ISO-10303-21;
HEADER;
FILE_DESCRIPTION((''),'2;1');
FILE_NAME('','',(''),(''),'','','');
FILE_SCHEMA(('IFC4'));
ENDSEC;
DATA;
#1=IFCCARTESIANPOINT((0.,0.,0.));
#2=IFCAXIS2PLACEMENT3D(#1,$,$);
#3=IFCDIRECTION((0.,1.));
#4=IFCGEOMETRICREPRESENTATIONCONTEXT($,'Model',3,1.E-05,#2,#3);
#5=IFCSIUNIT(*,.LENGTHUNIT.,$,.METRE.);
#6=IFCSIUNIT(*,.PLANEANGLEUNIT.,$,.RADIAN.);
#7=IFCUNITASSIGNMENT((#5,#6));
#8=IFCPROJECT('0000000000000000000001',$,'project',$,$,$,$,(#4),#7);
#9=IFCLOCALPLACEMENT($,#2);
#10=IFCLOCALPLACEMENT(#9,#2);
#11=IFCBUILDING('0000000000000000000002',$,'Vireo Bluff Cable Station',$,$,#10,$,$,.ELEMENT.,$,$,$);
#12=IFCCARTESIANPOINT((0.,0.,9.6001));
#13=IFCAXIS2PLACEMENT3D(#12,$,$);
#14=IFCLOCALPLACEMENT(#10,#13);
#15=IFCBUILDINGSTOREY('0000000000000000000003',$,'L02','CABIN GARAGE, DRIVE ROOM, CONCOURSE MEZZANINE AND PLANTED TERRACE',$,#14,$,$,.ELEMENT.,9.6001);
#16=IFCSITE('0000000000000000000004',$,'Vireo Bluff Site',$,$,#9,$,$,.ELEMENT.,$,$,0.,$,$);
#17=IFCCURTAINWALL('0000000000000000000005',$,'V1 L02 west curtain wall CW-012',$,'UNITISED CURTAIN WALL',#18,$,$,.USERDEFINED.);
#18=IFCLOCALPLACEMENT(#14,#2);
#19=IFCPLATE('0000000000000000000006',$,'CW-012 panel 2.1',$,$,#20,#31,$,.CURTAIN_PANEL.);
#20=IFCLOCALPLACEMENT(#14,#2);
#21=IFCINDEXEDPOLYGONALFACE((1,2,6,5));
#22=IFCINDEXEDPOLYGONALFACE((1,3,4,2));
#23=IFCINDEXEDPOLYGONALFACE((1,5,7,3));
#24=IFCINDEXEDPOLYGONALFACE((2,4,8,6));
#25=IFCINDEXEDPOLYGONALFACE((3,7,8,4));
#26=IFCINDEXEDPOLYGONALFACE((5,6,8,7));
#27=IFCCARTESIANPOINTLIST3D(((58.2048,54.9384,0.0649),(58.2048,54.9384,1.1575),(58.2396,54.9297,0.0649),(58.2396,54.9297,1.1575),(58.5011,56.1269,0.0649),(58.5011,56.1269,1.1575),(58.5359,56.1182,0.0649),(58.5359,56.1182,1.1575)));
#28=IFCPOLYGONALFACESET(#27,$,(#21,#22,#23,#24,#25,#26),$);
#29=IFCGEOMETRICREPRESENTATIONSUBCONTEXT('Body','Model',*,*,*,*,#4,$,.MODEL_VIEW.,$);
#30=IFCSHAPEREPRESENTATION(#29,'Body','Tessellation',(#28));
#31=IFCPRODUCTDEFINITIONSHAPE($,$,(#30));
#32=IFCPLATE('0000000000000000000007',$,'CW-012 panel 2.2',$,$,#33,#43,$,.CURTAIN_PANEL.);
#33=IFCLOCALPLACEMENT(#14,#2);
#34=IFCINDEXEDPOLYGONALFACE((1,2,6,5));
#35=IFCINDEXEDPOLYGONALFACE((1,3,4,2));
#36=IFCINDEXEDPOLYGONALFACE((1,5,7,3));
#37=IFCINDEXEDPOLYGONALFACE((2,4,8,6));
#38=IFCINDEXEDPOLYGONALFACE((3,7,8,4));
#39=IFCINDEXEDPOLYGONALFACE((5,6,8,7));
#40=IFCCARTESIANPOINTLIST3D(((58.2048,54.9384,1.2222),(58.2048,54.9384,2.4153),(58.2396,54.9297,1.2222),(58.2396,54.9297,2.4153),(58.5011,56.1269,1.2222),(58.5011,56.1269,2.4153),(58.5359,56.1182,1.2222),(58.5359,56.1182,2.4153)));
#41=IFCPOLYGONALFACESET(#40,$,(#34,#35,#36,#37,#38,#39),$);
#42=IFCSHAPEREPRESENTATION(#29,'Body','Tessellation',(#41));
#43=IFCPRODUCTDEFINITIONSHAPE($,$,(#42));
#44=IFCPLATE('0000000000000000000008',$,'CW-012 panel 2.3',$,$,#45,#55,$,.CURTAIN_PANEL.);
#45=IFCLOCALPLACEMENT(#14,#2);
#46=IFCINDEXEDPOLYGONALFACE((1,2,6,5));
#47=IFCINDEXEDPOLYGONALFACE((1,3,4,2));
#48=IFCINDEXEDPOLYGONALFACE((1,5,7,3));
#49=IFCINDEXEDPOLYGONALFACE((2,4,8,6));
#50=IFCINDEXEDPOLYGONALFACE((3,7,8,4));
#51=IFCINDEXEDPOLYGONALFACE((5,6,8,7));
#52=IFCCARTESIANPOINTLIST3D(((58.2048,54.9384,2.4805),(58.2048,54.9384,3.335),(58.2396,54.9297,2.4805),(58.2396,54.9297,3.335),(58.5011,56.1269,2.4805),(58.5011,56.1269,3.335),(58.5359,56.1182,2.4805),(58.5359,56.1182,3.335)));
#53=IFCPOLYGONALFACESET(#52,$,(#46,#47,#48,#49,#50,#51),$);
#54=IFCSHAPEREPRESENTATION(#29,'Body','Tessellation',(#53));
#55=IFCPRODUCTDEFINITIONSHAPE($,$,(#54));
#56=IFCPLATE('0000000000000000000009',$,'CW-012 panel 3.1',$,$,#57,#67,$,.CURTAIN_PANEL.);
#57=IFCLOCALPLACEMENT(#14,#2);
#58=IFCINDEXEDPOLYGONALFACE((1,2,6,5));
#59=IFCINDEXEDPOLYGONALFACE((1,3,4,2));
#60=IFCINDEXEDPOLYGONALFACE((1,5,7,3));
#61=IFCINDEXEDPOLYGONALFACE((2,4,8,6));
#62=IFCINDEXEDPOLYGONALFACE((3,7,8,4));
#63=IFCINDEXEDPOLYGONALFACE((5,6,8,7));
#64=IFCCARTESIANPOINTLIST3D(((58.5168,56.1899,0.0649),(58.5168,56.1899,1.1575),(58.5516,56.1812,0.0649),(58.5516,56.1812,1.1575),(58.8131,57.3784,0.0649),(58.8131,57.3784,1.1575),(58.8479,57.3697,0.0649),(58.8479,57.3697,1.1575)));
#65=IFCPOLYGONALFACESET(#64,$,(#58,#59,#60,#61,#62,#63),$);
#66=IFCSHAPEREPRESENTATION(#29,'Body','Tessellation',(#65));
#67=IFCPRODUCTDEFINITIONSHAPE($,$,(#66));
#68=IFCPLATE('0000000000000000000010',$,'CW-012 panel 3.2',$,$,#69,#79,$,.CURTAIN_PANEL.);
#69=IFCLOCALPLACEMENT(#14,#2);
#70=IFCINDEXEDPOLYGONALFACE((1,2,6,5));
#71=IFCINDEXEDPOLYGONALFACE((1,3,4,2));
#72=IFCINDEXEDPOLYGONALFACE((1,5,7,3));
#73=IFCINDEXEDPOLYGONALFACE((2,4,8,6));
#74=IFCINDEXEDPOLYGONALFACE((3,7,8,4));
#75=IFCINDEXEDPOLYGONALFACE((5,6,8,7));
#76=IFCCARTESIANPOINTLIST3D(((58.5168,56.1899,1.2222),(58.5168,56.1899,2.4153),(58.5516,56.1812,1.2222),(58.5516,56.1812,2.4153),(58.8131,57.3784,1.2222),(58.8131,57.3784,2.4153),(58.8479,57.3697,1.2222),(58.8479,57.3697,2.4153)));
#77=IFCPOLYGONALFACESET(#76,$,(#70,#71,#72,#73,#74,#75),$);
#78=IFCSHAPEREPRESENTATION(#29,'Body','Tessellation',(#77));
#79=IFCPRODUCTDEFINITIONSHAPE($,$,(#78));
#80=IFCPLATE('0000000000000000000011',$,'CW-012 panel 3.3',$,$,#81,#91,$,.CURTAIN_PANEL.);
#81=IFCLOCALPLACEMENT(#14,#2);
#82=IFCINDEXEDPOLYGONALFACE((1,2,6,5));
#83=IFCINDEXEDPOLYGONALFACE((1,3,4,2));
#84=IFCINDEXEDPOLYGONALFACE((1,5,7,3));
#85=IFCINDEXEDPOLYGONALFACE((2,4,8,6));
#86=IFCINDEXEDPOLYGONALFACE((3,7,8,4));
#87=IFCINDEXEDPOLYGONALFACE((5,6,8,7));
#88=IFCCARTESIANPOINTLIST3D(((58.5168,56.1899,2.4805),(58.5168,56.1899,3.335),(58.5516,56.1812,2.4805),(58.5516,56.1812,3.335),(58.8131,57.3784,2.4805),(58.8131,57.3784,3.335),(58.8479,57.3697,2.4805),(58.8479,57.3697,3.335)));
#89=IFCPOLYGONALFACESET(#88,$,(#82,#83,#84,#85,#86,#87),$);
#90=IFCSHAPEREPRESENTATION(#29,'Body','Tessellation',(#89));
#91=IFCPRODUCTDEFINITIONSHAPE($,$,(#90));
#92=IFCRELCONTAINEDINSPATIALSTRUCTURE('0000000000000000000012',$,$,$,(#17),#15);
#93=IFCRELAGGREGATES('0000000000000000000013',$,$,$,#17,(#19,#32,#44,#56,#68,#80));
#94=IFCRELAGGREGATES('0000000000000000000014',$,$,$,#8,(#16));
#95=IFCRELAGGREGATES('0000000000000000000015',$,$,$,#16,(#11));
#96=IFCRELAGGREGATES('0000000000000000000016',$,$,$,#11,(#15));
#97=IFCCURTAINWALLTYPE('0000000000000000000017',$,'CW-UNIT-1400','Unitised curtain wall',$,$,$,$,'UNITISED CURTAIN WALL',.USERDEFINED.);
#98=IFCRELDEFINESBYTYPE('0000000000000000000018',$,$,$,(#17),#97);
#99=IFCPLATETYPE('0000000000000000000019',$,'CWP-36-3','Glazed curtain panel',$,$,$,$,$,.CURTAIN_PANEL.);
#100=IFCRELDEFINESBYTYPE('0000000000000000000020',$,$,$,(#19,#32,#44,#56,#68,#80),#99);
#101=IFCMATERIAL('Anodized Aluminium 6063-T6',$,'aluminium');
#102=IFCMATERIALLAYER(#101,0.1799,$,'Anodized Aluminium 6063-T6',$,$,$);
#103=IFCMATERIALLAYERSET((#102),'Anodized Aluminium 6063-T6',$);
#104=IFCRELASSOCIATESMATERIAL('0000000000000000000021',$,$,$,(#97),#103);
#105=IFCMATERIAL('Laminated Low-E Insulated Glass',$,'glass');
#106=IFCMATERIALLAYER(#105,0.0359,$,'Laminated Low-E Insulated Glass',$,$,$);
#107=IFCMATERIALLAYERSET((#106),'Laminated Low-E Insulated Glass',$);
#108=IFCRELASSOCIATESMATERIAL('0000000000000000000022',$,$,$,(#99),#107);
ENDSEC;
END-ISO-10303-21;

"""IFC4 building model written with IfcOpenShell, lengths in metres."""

from ifc_helpers import new_model, si_unit, direction, frame, origin, origin_2d, place, context, subcontext, project, spatial, rectangle, extrude, material, layer, layer_set, type_object, element, aggregate, save


model = new_model("IFC4")

# Units and contexts
model_context = context("Model", 3, precision=1e-05, world=origin(), true_north=direction((0.0, 1.0)))
body_context = subcontext(model_context, "Body", "Model", "MODEL_VIEW")
ifc_project = project(units=[si_unit("LENGTHUNIT", "METRE"), si_unit("PLANEANGLEUNIT", "RADIAN")], contexts=[model_context])

# Site, building, storey
site_placement = place(None, origin())
site = spatial("IfcSite", under=ifc_project, at=site_placement, Name="Vireo Bluff Site", CompositionType="ELEMENT", RefElevation=0.0)
building_placement = place(site_placement, origin())
building = spatial("IfcBuilding", under=site, at=building_placement, Name="Vireo Bluff Cable Station", CompositionType="ELEMENT")
storey_placement = place(building_placement, frame((0.0, 0.0, 9.6001)))
storey = spatial("IfcBuildingStorey", under=building, at=storey_placement, Name="L02", Description="CABIN GARAGE, DRIVE ROOM, CONCOURSE MEZZANINE AND PLANTED TERRACE", CompositionType="ELEMENT", Elevation=9.6001)

# Curtain wall
ifc_material_1 = material(Name="Anodized Aluminium 6063-T6", Category="aluminium")
ifc_layer_1 = layer(ifc_material_1, 0.1799, Name="Anodized Aluminium 6063-T6")
ifc_layer_set_1 = layer_set([ifc_layer_1], Name="Anodized Aluminium 6063-T6")
curtain_wall_type = type_object("IfcCurtainWallType", Name="CW-UNIT-1400", Description="Unitised curtain wall", ElementType="UNITISED CURTAIN WALL", PredefinedType="USERDEFINED", material=ifc_layer_set_1)
curtain_wall_placement = place(storey_placement, origin())
curtain_wall = element("IfcCurtainWall", 1, at=curtain_wall_placement, inside=storey, type_object=curtain_wall_type, Name="V1 L02 west curtain wall CW-012", ObjectType="UNITISED CURTAIN WALL", PredefinedType="USERDEFINED")

# Plates
ifc_material_2 = material(Name="Laminated Low-E Insulated Glass", Category="glass")
ifc_layer_2 = layer(ifc_material_2, 0.0359, Name="Laminated Low-E Insulated Glass")
ifc_layer_set_2 = layer_set([ifc_layer_2], Name="Laminated Low-E Insulated Glass")
plate_type = type_object("IfcPlateType", Name="CWP-36-3", Description="Glazed curtain panel", PredefinedType="CURTAIN_PANEL", material=ifc_layer_set_2)
plate_1_placement = place(storey_placement, frame((58.3704, 55.5283, 0.0649), z_axis=(0.0, 0.0, 1.0), x_axis=(0.241922, 0.970296, 0.0)))
plate_1 = element("IfcPlate", 2, at=plate_1_placement, type_object=plate_type, Name="CW-012 panel 2.1", PredefinedType="CURTAIN_PANEL", context=body_context, shape_type="SweptSolid", body=[
    extrude(rectangle(XDim=1.2249, YDim=0.0359, at=origin_2d()), origin(), (0.0, 0.0, 1.0), 1.0925),
])
plate_2_placement = place(storey_placement, frame((58.3704, 55.5283, 1.2222), z_axis=(0.0, 0.0, 1.0), x_axis=(0.241922, 0.970296, 0.0)))
plate_2 = element("IfcPlate", 3, at=plate_2_placement, type_object=plate_type, Name="CW-012 panel 2.2", PredefinedType="CURTAIN_PANEL", context=body_context, shape_type="SweptSolid", body=[
    extrude(rectangle(XDim=1.2249, YDim=0.0359, at=origin_2d()), origin(), (0.0, 0.0, 1.0), 1.1931),
])
plate_3_placement = place(storey_placement, frame((58.3704, 55.5283, 2.4805), z_axis=(0.0, 0.0, 1.0), x_axis=(0.241922, 0.970296, 0.0)))
plate_3 = element("IfcPlate", 4, at=plate_3_placement, type_object=plate_type, Name="CW-012 panel 2.3", PredefinedType="CURTAIN_PANEL", context=body_context, shape_type="SweptSolid", body=[
    extrude(rectangle(XDim=1.2249, YDim=0.0359, at=origin_2d()), origin(), (0.0, 0.0, 1.0), 0.8545),
])
plate_4_placement = place(storey_placement, frame((58.6824, 56.7798, 0.0649), z_axis=(0.0, 0.0, 1.0), x_axis=(0.241922, 0.970296, 0.0)))
plate_4 = element("IfcPlate", 5, at=plate_4_placement, type_object=plate_type, Name="CW-012 panel 3.1", PredefinedType="CURTAIN_PANEL", context=body_context, shape_type="SweptSolid", body=[
    extrude(rectangle(XDim=1.2249, YDim=0.0359, at=origin_2d()), origin(), (0.0, 0.0, 1.0), 1.0925),
])
plate_5_placement = place(storey_placement, frame((58.6824, 56.7798, 1.2222), z_axis=(0.0, 0.0, 1.0), x_axis=(0.241922, 0.970296, 0.0)))
plate_5 = element("IfcPlate", 6, at=plate_5_placement, type_object=plate_type, Name="CW-012 panel 3.2", PredefinedType="CURTAIN_PANEL", context=body_context, shape_type="SweptSolid", body=[
    extrude(rectangle(XDim=1.2249, YDim=0.0359, at=origin_2d()), origin(), (0.0, 0.0, 1.0), 1.1931),
])
plate_6_placement = place(storey_placement, frame((58.6824, 56.7798, 2.4805), z_axis=(0.0, 0.0, 1.0), x_axis=(0.241922, 0.970296, 0.0)))
plate_6 = element("IfcPlate", 7, at=plate_6_placement, type_object=plate_type, Name="CW-012 panel 3.3", PredefinedType="CURTAIN_PANEL", context=body_context, shape_type="SweptSolid", body=[
    extrude(rectangle(XDim=1.2249, YDim=0.0359, at=origin_2d()), origin(), (0.0, 0.0, 1.0), 0.8545),
])
aggregate(curtain_wall, [plate_1, plate_2, plate_3, plate_4, plate_5, plate_6])

save(model, "model.ifc")
